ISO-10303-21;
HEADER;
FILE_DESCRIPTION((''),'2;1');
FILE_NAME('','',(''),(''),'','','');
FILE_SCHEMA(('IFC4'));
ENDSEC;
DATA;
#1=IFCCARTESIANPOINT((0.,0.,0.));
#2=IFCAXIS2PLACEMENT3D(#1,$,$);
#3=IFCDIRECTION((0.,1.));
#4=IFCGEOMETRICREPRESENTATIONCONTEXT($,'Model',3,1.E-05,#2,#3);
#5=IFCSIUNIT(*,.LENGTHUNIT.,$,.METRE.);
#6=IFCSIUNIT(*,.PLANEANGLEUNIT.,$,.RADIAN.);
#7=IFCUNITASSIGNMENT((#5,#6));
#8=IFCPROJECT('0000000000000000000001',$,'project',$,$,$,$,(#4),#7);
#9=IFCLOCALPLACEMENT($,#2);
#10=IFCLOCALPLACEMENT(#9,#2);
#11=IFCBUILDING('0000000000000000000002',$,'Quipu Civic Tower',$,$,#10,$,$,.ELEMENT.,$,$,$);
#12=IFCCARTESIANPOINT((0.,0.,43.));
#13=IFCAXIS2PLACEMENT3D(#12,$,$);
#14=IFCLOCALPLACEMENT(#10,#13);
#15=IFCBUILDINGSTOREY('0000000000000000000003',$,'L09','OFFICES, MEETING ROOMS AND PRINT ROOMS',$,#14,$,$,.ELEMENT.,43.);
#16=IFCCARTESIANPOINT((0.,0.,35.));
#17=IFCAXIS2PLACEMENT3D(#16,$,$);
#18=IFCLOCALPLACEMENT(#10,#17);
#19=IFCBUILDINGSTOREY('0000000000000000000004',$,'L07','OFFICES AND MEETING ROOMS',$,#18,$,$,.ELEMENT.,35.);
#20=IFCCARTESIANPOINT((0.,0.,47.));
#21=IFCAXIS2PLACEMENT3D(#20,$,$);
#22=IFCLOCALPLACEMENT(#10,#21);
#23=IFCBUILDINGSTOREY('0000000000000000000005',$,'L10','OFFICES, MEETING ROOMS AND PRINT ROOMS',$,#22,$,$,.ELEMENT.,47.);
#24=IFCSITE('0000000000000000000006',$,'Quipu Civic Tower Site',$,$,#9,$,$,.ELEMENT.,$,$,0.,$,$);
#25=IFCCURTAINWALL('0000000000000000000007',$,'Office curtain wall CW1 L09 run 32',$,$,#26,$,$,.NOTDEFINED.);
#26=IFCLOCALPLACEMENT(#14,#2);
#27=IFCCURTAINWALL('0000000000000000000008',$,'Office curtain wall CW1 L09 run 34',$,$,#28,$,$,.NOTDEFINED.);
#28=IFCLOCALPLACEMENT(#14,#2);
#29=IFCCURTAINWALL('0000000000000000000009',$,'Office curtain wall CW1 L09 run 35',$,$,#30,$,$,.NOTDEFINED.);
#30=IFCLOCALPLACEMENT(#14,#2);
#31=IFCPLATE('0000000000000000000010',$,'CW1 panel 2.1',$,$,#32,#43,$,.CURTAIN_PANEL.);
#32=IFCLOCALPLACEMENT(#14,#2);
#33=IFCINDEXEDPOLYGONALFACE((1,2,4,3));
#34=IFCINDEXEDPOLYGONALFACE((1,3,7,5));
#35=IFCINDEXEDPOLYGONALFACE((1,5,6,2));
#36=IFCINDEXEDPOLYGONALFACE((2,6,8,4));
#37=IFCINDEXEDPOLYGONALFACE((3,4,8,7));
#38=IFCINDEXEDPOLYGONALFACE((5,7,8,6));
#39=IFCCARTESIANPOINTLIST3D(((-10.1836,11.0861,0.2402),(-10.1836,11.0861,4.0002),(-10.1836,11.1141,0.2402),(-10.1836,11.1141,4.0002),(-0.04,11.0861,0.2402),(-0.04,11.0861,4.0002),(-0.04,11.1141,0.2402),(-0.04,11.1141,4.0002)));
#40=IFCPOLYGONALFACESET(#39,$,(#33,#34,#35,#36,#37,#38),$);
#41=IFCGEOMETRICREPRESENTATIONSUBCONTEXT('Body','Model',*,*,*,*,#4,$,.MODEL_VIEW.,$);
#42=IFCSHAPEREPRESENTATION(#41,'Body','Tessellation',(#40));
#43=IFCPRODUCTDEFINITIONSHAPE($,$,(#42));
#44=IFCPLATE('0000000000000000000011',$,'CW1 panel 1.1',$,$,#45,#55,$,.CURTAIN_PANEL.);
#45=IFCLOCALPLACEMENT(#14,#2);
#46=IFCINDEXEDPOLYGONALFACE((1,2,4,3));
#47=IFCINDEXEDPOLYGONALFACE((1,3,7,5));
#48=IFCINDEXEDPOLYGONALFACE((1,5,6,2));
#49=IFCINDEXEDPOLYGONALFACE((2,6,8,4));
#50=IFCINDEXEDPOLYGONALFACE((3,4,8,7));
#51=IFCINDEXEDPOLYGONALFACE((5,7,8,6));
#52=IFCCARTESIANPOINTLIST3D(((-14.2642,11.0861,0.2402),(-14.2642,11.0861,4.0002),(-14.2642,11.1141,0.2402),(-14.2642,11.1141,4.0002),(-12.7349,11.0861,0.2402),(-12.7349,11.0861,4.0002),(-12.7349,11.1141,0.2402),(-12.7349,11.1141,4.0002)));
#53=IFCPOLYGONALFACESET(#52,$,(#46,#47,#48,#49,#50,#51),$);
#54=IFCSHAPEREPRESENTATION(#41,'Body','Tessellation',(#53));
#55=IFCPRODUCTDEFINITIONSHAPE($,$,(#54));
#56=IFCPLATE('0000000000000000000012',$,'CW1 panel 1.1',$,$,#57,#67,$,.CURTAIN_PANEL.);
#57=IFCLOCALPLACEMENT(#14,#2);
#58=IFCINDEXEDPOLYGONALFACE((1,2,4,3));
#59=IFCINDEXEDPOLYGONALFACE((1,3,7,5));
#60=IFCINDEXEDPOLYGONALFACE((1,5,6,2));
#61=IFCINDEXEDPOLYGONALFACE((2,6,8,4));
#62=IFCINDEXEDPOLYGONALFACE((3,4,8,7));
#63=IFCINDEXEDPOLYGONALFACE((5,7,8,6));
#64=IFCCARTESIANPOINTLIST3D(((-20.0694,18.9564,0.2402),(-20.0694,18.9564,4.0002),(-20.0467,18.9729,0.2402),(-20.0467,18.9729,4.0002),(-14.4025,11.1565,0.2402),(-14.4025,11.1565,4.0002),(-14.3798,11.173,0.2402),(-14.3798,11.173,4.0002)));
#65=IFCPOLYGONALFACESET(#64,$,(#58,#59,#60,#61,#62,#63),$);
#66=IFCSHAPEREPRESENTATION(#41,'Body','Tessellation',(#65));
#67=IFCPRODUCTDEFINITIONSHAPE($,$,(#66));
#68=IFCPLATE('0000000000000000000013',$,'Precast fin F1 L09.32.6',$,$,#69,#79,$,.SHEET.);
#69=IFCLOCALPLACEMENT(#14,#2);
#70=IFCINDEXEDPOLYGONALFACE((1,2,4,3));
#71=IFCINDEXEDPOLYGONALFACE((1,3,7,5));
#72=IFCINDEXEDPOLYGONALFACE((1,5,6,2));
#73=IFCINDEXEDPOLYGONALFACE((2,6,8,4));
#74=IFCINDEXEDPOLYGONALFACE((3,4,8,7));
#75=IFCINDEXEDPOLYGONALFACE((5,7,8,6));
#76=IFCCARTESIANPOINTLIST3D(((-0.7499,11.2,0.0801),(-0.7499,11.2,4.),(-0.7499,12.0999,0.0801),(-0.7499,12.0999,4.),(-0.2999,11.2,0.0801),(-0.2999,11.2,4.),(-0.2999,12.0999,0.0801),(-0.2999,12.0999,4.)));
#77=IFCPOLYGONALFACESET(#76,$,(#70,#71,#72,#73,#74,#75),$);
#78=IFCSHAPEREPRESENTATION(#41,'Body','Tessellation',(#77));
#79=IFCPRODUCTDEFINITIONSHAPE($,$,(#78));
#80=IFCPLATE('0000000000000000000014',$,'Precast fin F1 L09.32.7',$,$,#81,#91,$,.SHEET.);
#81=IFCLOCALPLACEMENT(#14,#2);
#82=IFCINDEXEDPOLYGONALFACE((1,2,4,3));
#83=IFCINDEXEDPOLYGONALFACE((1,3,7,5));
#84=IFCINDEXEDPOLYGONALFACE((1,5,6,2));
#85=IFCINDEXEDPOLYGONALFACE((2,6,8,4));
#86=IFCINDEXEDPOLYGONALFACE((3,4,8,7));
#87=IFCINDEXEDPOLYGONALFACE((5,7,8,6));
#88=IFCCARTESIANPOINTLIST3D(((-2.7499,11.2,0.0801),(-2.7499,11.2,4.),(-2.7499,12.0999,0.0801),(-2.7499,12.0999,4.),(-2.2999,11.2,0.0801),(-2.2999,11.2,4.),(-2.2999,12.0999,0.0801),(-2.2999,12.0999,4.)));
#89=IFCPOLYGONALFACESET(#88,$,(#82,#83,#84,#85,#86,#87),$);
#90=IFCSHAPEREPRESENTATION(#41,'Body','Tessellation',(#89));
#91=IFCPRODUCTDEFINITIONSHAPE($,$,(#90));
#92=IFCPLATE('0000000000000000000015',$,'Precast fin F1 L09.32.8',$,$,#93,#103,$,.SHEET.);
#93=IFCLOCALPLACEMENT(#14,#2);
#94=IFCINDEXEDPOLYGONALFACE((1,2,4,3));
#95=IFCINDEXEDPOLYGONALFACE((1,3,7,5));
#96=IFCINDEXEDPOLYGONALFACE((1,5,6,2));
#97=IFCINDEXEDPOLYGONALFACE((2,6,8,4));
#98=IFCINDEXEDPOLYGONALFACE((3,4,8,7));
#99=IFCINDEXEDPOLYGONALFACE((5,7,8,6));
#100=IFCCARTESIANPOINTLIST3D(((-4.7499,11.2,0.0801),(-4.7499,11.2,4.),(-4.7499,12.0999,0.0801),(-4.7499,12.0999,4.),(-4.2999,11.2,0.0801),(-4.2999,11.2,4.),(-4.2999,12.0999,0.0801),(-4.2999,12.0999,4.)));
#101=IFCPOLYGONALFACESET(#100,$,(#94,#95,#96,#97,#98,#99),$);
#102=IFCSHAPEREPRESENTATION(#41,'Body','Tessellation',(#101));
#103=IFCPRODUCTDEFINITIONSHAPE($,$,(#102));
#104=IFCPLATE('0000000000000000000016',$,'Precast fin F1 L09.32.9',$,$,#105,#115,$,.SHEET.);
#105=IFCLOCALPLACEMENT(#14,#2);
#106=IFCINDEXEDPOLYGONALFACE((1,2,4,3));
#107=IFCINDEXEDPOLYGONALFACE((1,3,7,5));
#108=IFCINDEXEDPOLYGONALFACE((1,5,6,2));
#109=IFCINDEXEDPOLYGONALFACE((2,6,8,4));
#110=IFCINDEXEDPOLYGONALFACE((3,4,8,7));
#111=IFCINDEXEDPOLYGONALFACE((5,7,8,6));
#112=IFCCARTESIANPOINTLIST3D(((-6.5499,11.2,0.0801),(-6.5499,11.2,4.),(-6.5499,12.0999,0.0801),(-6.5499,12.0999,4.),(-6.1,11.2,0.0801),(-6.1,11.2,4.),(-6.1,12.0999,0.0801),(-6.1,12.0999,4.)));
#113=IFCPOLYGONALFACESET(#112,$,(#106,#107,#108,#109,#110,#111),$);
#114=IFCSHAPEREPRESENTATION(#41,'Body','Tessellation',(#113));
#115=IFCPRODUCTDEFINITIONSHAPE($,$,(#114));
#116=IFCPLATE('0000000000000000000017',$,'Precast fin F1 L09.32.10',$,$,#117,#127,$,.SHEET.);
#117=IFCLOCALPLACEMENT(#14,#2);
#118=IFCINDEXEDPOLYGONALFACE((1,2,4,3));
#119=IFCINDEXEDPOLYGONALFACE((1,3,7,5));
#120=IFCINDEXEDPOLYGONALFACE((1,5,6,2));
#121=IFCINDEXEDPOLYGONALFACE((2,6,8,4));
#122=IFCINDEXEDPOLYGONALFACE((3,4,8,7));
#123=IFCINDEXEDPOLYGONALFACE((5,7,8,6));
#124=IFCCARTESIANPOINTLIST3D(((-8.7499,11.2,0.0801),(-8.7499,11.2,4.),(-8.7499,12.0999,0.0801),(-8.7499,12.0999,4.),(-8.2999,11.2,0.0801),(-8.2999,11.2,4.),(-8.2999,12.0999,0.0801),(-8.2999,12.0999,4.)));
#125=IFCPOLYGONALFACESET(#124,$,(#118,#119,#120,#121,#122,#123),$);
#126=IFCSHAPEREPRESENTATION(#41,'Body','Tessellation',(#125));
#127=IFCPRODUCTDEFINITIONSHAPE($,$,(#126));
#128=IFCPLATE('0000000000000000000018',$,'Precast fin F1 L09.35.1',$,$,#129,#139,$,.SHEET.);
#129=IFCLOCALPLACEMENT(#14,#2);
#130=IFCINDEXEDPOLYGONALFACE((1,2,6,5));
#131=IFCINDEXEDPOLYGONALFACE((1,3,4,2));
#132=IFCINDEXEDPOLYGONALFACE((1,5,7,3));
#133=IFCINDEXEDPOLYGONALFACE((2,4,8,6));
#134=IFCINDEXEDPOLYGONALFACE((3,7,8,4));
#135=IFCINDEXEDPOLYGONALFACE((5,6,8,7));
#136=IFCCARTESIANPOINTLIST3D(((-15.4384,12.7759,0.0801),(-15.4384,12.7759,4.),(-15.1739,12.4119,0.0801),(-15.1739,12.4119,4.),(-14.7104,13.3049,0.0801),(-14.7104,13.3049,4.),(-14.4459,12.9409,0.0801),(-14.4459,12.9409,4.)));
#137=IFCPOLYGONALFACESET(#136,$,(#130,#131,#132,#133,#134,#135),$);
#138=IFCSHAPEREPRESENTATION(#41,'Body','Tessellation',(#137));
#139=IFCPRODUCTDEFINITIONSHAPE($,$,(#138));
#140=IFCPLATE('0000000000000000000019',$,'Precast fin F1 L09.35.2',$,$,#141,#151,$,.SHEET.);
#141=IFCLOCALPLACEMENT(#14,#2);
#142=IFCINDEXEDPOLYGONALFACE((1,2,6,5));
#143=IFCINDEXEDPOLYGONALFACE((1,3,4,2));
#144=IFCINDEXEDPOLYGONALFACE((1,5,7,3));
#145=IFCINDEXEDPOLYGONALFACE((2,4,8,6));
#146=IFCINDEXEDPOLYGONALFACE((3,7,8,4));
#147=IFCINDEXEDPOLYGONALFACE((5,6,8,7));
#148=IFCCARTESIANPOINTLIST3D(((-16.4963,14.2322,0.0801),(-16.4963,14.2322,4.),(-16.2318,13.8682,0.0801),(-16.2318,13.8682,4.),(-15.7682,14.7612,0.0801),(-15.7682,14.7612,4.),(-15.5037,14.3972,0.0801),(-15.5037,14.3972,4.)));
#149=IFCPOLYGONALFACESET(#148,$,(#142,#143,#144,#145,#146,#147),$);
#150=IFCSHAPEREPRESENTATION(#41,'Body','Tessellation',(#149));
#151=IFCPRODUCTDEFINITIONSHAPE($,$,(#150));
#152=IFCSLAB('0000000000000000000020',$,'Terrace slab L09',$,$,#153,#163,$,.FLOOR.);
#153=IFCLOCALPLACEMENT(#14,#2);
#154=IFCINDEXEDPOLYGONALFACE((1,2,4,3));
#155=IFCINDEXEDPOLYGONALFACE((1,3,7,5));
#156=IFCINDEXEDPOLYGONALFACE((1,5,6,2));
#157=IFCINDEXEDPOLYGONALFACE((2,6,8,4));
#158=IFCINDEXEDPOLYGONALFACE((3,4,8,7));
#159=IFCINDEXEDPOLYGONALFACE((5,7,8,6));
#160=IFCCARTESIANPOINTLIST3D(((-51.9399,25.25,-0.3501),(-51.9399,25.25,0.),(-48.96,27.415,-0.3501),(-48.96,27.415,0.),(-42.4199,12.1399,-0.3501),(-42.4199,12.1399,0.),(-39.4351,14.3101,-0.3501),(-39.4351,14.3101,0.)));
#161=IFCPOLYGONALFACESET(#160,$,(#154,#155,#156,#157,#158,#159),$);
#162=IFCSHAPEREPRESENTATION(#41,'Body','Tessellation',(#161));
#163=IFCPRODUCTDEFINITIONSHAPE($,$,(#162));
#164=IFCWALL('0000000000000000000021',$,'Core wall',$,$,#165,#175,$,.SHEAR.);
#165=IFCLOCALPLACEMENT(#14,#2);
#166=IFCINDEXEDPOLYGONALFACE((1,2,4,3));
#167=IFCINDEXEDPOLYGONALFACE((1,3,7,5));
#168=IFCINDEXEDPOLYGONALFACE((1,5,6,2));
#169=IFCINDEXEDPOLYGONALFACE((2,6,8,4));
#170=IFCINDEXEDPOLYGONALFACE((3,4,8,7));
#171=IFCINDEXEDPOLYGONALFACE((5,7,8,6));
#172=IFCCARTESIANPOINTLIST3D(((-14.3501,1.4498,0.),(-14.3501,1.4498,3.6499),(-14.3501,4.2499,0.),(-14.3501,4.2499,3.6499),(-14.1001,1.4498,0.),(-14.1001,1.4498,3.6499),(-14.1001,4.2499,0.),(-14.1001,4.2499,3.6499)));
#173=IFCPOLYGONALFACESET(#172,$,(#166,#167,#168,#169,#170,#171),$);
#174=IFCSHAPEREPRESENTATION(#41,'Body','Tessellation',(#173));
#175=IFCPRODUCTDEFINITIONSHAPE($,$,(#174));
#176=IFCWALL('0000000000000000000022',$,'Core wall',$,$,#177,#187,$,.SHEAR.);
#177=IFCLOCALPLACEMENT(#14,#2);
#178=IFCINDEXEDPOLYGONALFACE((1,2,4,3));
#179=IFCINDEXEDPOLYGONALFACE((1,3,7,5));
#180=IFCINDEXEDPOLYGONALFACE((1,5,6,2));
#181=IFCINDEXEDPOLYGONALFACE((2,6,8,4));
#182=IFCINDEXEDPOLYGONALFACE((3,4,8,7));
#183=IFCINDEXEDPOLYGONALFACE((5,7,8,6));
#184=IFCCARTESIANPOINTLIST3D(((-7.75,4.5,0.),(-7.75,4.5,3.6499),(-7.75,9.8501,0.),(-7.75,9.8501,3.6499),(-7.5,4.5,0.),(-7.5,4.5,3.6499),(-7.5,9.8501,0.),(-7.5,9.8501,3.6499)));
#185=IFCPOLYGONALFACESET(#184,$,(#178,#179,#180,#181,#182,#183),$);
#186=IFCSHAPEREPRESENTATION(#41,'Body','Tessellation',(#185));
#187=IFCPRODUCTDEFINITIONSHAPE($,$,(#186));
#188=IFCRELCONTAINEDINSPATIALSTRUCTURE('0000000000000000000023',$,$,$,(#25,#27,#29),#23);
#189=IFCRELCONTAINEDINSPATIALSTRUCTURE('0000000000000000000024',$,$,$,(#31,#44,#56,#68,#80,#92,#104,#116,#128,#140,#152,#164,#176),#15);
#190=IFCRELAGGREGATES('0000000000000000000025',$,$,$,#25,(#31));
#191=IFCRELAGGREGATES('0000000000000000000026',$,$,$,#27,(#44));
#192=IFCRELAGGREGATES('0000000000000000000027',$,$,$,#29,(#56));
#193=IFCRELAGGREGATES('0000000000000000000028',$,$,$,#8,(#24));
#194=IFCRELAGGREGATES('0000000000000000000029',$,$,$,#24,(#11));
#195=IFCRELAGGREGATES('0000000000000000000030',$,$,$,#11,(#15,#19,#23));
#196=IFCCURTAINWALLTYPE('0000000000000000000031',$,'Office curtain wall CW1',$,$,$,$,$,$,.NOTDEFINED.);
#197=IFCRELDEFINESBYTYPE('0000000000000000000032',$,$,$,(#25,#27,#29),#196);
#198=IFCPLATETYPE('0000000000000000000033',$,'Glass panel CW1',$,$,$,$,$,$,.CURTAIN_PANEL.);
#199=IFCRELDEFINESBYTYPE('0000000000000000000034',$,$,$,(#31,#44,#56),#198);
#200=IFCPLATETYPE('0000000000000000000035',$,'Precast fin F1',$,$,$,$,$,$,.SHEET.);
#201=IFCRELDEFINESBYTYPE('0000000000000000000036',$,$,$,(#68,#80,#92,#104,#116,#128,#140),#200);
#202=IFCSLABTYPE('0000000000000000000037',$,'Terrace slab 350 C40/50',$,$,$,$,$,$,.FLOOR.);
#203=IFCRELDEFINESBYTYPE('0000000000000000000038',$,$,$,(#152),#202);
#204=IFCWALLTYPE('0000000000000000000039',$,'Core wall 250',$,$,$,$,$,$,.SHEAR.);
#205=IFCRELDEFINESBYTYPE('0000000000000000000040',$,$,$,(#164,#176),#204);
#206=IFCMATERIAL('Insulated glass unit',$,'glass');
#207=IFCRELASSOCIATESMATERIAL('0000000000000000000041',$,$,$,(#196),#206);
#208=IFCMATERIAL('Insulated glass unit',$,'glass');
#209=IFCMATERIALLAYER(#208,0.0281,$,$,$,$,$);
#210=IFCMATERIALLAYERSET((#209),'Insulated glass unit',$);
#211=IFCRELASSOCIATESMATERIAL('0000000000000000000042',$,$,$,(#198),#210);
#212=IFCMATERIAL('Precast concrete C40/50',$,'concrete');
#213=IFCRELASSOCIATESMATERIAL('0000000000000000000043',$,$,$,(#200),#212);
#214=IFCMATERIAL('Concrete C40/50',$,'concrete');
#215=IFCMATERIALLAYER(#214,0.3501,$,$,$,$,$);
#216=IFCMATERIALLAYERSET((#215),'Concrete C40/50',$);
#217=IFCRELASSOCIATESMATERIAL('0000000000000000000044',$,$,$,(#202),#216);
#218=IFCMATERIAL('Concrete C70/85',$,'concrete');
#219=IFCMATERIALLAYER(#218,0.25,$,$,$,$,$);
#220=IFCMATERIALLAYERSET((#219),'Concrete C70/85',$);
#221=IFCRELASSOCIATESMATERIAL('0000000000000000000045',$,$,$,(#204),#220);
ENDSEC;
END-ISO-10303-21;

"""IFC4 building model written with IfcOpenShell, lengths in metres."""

from ifc_helpers import new_model, si_unit, direction, frame, frame_2d, origin, origin_2d, place, context, subcontext, project, spatial, polyline, rectangle, outline, extrude, material, layer, layer_set, type_object, element, aggregate, save


model = new_model("IFC4")

# Units and contexts
model_context = context("Model", 3, precision=1e-05, world=origin(), true_north=direction((0.0, 1.0)))
body_context = subcontext(model_context, "Body", "Model", "MODEL_VIEW")
ifc_project = project(units=[si_unit("LENGTHUNIT", "METRE"), si_unit("PLANEANGLEUNIT", "RADIAN")], contexts=[model_context])

# Site, building, storey
site_placement = place(None, origin())
site = spatial("IfcSite", under=ifc_project, at=site_placement, Name="Quipu Civic Tower Site", CompositionType="ELEMENT", RefElevation=0.0)
building_placement = place(site_placement, origin())
building = spatial("IfcBuilding", under=site, at=building_placement, Name="Quipu Civic Tower", CompositionType="ELEMENT")
storey_1_placement = place(building_placement, frame((0.0, 0.0, 43.0)))
storey_1 = spatial("IfcBuildingStorey", under=building, at=storey_1_placement, Name="L09", Description="OFFICES, MEETING ROOMS AND PRINT ROOMS", CompositionType="ELEMENT", Elevation=43.0)

# Shared definitions
storey_2_placement = place(building_placement, frame((0.0, 0.0, 35.0)))
storey_2 = spatial("IfcBuildingStorey", under=building, at=storey_2_placement, Name="L07", Description="OFFICES AND MEETING ROOMS", CompositionType="ELEMENT", Elevation=35.0)

# Shared definitions
ifc_material_1 = material(Name="Insulated glass unit", Category="glass")
curtain_wall_type = type_object("IfcCurtainWallType", Name="Office curtain wall CW1", PredefinedType="NOTDEFINED", material=ifc_material_1)

# Shared definitions
storey_3_placement = place(building_placement, frame((0.0, 0.0, 47.0)))
storey_3 = spatial("IfcBuildingStorey", under=building, at=storey_3_placement, Name="L10", Description="OFFICES, MEETING ROOMS AND PRINT ROOMS", CompositionType="ELEMENT", Elevation=47.0)

# Curtain walls
curtain_wall_1_placement = place(storey_3_placement, origin())
curtain_wall_1 = element("IfcCurtainWall", 1, at=curtain_wall_1_placement, inside=storey_3, type_object=curtain_wall_type, Name="Office curtain wall CW1 L09 run 32", PredefinedType="NOTDEFINED")
curtain_wall_2_placement = place(storey_3_placement, origin())
curtain_wall_2 = element("IfcCurtainWall", 2, at=curtain_wall_2_placement, inside=storey_3, type_object=curtain_wall_type, Name="Office curtain wall CW1 L09 run 34", PredefinedType="NOTDEFINED")
curtain_wall_3_placement = place(storey_3_placement, origin())
curtain_wall_3 = element("IfcCurtainWall", 3, at=curtain_wall_3_placement, inside=storey_3, type_object=curtain_wall_type, Name="Office curtain wall CW1 L09 run 35", PredefinedType="NOTDEFINED")

# Plates
ifc_material_2 = material(Name="Insulated glass unit", Category="glass")
ifc_layer_1 = layer(ifc_material_2, 0.0281)
ifc_layer_set_1 = layer_set([ifc_layer_1], Name="Insulated glass unit")
plate_type_1 = type_object("IfcPlateType", Name="Glass panel CW1", PredefinedType="CURTAIN_PANEL", material=ifc_layer_set_1)
plate_1_placement = place(storey_1_placement, frame((-5.1118, 11.1001, 0.2402), z_axis=(0.0, 0.0, 1.0), x_axis=(-1.0, 0.0, 0.0)))
plate_1 = element("IfcPlate", 4, at=plate_1_placement, inside=storey_1, type_object=plate_type_1, Name="CW1 panel 2.1", PredefinedType="CURTAIN_PANEL", context=body_context, shape_type="SweptSolid", body=[
    extrude(rectangle(XDim=10.1436, YDim=0.0281, at=origin_2d()), origin(), (0.0, 0.0, 1.0), 3.76),
])
aggregate(curtain_wall_1, [plate_1])
plate_2_placement = place(storey_1_placement, frame((-13.4995, 11.1001, 0.2402), z_axis=(0.0, 0.0, 1.0), x_axis=(-1.0, 0.0, 0.0)))
plate_2 = element("IfcPlate", 5, at=plate_2_placement, inside=storey_1, type_object=plate_type_1, Name="CW1 panel 1.1", PredefinedType="CURTAIN_PANEL", context=body_context, shape_type="SweptSolid", body=[
    extrude(rectangle(XDim=1.5293, YDim=0.0281, at=origin_2d()), origin(), (0.0, 0.0, 1.0), 3.76),
])
aggregate(curtain_wall_2, [plate_2])
plate_3_placement = place(storey_1_placement, frame((-17.2246, 15.0647, 0.2402), z_axis=(0.0, 0.0, 1.0), x_axis=(-0.587786, 0.809017, 0.0)))
plate_3 = element("IfcPlate", 6, at=plate_3_placement, inside=storey_1, type_object=plate_type_1, Name="CW1 panel 1.1", PredefinedType="CURTAIN_PANEL", context=body_context, shape_type="SweptSolid", body=[
    extrude(rectangle(XDim=9.6411, YDim=0.0281, at=origin_2d()), origin(), (0.0, 0.0, 1.0), 3.76),
])
aggregate(curtain_wall_3, [plate_3])

# Plates
ifc_material_3 = material(Name="Precast concrete C40/50", Category="concrete")
plate_type_2 = type_object("IfcPlateType", Name="Precast fin F1", PredefinedType="SHEET", material=ifc_material_3)
for number, where, z_axis, x_axis, name in (
    (7, (-0.5249, 11.6499, 0.0801), (0.0, 0.0, 1.0), (-1.0, 0.0, 0.0), "Precast fin F1 L09.32.6"),
    (8, (-2.5249, 11.6499, 0.0801), (0.0, 0.0, 1.0), (-1.0, 0.0, 0.0), "Precast fin F1 L09.32.7"),
    (9, (-4.5249, 11.6499, 0.0801), (0.0, 0.0, 1.0), (-1.0, 0.0, 0.0), "Precast fin F1 L09.32.8"),
    (10, (-6.325, 11.6499, 0.0801), (0.0, 0.0, 1.0), (-1.0, 0.0, 0.0), "Precast fin F1 L09.32.9"),
    (11, (-8.5249, 11.6499, 0.0801), (0.0, 0.0, 1.0), (-1.0, 0.0, 0.0), "Precast fin F1 L09.32.10"),
    (12, (-14.9421, 12.8584, 0.0801), (0.0, 0.0, 1.0), (-0.587785, 0.809017, 0.0), "Precast fin F1 L09.35.1"),
    (13, (-16.0, 14.3147, 0.0801), (0.0, 0.0, 1.0), (-0.587785, 0.809017, 0.0), "Precast fin F1 L09.35.2"),
):
    element("IfcPlate", number, at=place(storey_1_placement, frame(where, z_axis=z_axis, x_axis=x_axis)), inside=storey_1, type_object=plate_type_2, Name=name, PredefinedType="SHEET", context=body_context, shape_type="SweptSolid", body=[
        extrude(rectangle(XDim=0.45, YDim=0.8999, at=origin_2d()), origin(), (0.0, 0.0, 1.0), 3.9199),
    ])

# Slab
ifc_material_4 = material(Name="Concrete C40/50", Category="concrete")
ifc_layer_2 = layer(ifc_material_4, 0.3501)
ifc_layer_set_2 = layer_set([ifc_layer_2], Name="Concrete C40/50")
slab_type_1 = type_object("IfcSlabType", Name="Terrace slab 350 C40/50", PredefinedType="FLOOR", material=ifc_layer_set_2)
slab_1_placement = place(storey_1_placement, frame((0.0, 0.0, -0.3501)))
element("IfcSlab", 14, at=slab_1_placement, inside=storey_1, type_object=slab_type_1, Name="Terrace slab L09", PredefinedType="FLOOR", context=body_context, shape_type="SweptSolid", body=[
    extrude(outline(polyline([(-48.96, 27.415), (-39.4351, 14.3101), (-42.4199, 12.1399), (-51.9399, 25.25), (-48.96, 27.415)])), origin(), (0.0, 0.0, 1.0), 0.3501),
])

# Walls
ifc_material_5 = material(Name="Concrete C70/85", Category="concrete")
ifc_layer_3 = layer(ifc_material_5, 0.25)
ifc_layer_set_3 = layer_set([ifc_layer_3], Name="Concrete C70/85")
wall_type_1 = type_object("IfcWallType", Name="Core wall 250", PredefinedType="SHEAR", material=ifc_layer_set_3)
wall_1_placement = place(storey_1_placement, frame((-14.2251, 1.45, 0.0), z_axis=(0.0, 0.0, 1.0), x_axis=(0.0, 1.0, 0.0)))
element("IfcWall", 15, at=wall_1_placement, inside=storey_1, type_object=wall_type_1, Name="Core wall", PredefinedType="SHEAR", context=body_context, shape_type="SweptSolid", body=[
    extrude(rectangle(XDim=2.8, YDim=0.25, at=frame_2d((1.3999, 0.0))), origin(), (0.0, 0.0, 1.0), 3.6499),
])
wall_2_placement = place(storey_1_placement, frame((-7.625, 4.5, 0.0), z_axis=(0.0, 0.0, 1.0), x_axis=(0.0, 1.0, 0.0)))
element("IfcWall", 16, at=wall_2_placement, inside=storey_1, type_object=wall_type_1, Name="Core wall", PredefinedType="SHEAR", context=body_context, shape_type="SweptSolid", body=[
    extrude(rectangle(XDim=5.3501, YDim=0.25, at=frame_2d((2.675, 0.0))), origin(), (0.0, 0.0, 1.0), 3.6499),
])

save(model, "model.ifc")
